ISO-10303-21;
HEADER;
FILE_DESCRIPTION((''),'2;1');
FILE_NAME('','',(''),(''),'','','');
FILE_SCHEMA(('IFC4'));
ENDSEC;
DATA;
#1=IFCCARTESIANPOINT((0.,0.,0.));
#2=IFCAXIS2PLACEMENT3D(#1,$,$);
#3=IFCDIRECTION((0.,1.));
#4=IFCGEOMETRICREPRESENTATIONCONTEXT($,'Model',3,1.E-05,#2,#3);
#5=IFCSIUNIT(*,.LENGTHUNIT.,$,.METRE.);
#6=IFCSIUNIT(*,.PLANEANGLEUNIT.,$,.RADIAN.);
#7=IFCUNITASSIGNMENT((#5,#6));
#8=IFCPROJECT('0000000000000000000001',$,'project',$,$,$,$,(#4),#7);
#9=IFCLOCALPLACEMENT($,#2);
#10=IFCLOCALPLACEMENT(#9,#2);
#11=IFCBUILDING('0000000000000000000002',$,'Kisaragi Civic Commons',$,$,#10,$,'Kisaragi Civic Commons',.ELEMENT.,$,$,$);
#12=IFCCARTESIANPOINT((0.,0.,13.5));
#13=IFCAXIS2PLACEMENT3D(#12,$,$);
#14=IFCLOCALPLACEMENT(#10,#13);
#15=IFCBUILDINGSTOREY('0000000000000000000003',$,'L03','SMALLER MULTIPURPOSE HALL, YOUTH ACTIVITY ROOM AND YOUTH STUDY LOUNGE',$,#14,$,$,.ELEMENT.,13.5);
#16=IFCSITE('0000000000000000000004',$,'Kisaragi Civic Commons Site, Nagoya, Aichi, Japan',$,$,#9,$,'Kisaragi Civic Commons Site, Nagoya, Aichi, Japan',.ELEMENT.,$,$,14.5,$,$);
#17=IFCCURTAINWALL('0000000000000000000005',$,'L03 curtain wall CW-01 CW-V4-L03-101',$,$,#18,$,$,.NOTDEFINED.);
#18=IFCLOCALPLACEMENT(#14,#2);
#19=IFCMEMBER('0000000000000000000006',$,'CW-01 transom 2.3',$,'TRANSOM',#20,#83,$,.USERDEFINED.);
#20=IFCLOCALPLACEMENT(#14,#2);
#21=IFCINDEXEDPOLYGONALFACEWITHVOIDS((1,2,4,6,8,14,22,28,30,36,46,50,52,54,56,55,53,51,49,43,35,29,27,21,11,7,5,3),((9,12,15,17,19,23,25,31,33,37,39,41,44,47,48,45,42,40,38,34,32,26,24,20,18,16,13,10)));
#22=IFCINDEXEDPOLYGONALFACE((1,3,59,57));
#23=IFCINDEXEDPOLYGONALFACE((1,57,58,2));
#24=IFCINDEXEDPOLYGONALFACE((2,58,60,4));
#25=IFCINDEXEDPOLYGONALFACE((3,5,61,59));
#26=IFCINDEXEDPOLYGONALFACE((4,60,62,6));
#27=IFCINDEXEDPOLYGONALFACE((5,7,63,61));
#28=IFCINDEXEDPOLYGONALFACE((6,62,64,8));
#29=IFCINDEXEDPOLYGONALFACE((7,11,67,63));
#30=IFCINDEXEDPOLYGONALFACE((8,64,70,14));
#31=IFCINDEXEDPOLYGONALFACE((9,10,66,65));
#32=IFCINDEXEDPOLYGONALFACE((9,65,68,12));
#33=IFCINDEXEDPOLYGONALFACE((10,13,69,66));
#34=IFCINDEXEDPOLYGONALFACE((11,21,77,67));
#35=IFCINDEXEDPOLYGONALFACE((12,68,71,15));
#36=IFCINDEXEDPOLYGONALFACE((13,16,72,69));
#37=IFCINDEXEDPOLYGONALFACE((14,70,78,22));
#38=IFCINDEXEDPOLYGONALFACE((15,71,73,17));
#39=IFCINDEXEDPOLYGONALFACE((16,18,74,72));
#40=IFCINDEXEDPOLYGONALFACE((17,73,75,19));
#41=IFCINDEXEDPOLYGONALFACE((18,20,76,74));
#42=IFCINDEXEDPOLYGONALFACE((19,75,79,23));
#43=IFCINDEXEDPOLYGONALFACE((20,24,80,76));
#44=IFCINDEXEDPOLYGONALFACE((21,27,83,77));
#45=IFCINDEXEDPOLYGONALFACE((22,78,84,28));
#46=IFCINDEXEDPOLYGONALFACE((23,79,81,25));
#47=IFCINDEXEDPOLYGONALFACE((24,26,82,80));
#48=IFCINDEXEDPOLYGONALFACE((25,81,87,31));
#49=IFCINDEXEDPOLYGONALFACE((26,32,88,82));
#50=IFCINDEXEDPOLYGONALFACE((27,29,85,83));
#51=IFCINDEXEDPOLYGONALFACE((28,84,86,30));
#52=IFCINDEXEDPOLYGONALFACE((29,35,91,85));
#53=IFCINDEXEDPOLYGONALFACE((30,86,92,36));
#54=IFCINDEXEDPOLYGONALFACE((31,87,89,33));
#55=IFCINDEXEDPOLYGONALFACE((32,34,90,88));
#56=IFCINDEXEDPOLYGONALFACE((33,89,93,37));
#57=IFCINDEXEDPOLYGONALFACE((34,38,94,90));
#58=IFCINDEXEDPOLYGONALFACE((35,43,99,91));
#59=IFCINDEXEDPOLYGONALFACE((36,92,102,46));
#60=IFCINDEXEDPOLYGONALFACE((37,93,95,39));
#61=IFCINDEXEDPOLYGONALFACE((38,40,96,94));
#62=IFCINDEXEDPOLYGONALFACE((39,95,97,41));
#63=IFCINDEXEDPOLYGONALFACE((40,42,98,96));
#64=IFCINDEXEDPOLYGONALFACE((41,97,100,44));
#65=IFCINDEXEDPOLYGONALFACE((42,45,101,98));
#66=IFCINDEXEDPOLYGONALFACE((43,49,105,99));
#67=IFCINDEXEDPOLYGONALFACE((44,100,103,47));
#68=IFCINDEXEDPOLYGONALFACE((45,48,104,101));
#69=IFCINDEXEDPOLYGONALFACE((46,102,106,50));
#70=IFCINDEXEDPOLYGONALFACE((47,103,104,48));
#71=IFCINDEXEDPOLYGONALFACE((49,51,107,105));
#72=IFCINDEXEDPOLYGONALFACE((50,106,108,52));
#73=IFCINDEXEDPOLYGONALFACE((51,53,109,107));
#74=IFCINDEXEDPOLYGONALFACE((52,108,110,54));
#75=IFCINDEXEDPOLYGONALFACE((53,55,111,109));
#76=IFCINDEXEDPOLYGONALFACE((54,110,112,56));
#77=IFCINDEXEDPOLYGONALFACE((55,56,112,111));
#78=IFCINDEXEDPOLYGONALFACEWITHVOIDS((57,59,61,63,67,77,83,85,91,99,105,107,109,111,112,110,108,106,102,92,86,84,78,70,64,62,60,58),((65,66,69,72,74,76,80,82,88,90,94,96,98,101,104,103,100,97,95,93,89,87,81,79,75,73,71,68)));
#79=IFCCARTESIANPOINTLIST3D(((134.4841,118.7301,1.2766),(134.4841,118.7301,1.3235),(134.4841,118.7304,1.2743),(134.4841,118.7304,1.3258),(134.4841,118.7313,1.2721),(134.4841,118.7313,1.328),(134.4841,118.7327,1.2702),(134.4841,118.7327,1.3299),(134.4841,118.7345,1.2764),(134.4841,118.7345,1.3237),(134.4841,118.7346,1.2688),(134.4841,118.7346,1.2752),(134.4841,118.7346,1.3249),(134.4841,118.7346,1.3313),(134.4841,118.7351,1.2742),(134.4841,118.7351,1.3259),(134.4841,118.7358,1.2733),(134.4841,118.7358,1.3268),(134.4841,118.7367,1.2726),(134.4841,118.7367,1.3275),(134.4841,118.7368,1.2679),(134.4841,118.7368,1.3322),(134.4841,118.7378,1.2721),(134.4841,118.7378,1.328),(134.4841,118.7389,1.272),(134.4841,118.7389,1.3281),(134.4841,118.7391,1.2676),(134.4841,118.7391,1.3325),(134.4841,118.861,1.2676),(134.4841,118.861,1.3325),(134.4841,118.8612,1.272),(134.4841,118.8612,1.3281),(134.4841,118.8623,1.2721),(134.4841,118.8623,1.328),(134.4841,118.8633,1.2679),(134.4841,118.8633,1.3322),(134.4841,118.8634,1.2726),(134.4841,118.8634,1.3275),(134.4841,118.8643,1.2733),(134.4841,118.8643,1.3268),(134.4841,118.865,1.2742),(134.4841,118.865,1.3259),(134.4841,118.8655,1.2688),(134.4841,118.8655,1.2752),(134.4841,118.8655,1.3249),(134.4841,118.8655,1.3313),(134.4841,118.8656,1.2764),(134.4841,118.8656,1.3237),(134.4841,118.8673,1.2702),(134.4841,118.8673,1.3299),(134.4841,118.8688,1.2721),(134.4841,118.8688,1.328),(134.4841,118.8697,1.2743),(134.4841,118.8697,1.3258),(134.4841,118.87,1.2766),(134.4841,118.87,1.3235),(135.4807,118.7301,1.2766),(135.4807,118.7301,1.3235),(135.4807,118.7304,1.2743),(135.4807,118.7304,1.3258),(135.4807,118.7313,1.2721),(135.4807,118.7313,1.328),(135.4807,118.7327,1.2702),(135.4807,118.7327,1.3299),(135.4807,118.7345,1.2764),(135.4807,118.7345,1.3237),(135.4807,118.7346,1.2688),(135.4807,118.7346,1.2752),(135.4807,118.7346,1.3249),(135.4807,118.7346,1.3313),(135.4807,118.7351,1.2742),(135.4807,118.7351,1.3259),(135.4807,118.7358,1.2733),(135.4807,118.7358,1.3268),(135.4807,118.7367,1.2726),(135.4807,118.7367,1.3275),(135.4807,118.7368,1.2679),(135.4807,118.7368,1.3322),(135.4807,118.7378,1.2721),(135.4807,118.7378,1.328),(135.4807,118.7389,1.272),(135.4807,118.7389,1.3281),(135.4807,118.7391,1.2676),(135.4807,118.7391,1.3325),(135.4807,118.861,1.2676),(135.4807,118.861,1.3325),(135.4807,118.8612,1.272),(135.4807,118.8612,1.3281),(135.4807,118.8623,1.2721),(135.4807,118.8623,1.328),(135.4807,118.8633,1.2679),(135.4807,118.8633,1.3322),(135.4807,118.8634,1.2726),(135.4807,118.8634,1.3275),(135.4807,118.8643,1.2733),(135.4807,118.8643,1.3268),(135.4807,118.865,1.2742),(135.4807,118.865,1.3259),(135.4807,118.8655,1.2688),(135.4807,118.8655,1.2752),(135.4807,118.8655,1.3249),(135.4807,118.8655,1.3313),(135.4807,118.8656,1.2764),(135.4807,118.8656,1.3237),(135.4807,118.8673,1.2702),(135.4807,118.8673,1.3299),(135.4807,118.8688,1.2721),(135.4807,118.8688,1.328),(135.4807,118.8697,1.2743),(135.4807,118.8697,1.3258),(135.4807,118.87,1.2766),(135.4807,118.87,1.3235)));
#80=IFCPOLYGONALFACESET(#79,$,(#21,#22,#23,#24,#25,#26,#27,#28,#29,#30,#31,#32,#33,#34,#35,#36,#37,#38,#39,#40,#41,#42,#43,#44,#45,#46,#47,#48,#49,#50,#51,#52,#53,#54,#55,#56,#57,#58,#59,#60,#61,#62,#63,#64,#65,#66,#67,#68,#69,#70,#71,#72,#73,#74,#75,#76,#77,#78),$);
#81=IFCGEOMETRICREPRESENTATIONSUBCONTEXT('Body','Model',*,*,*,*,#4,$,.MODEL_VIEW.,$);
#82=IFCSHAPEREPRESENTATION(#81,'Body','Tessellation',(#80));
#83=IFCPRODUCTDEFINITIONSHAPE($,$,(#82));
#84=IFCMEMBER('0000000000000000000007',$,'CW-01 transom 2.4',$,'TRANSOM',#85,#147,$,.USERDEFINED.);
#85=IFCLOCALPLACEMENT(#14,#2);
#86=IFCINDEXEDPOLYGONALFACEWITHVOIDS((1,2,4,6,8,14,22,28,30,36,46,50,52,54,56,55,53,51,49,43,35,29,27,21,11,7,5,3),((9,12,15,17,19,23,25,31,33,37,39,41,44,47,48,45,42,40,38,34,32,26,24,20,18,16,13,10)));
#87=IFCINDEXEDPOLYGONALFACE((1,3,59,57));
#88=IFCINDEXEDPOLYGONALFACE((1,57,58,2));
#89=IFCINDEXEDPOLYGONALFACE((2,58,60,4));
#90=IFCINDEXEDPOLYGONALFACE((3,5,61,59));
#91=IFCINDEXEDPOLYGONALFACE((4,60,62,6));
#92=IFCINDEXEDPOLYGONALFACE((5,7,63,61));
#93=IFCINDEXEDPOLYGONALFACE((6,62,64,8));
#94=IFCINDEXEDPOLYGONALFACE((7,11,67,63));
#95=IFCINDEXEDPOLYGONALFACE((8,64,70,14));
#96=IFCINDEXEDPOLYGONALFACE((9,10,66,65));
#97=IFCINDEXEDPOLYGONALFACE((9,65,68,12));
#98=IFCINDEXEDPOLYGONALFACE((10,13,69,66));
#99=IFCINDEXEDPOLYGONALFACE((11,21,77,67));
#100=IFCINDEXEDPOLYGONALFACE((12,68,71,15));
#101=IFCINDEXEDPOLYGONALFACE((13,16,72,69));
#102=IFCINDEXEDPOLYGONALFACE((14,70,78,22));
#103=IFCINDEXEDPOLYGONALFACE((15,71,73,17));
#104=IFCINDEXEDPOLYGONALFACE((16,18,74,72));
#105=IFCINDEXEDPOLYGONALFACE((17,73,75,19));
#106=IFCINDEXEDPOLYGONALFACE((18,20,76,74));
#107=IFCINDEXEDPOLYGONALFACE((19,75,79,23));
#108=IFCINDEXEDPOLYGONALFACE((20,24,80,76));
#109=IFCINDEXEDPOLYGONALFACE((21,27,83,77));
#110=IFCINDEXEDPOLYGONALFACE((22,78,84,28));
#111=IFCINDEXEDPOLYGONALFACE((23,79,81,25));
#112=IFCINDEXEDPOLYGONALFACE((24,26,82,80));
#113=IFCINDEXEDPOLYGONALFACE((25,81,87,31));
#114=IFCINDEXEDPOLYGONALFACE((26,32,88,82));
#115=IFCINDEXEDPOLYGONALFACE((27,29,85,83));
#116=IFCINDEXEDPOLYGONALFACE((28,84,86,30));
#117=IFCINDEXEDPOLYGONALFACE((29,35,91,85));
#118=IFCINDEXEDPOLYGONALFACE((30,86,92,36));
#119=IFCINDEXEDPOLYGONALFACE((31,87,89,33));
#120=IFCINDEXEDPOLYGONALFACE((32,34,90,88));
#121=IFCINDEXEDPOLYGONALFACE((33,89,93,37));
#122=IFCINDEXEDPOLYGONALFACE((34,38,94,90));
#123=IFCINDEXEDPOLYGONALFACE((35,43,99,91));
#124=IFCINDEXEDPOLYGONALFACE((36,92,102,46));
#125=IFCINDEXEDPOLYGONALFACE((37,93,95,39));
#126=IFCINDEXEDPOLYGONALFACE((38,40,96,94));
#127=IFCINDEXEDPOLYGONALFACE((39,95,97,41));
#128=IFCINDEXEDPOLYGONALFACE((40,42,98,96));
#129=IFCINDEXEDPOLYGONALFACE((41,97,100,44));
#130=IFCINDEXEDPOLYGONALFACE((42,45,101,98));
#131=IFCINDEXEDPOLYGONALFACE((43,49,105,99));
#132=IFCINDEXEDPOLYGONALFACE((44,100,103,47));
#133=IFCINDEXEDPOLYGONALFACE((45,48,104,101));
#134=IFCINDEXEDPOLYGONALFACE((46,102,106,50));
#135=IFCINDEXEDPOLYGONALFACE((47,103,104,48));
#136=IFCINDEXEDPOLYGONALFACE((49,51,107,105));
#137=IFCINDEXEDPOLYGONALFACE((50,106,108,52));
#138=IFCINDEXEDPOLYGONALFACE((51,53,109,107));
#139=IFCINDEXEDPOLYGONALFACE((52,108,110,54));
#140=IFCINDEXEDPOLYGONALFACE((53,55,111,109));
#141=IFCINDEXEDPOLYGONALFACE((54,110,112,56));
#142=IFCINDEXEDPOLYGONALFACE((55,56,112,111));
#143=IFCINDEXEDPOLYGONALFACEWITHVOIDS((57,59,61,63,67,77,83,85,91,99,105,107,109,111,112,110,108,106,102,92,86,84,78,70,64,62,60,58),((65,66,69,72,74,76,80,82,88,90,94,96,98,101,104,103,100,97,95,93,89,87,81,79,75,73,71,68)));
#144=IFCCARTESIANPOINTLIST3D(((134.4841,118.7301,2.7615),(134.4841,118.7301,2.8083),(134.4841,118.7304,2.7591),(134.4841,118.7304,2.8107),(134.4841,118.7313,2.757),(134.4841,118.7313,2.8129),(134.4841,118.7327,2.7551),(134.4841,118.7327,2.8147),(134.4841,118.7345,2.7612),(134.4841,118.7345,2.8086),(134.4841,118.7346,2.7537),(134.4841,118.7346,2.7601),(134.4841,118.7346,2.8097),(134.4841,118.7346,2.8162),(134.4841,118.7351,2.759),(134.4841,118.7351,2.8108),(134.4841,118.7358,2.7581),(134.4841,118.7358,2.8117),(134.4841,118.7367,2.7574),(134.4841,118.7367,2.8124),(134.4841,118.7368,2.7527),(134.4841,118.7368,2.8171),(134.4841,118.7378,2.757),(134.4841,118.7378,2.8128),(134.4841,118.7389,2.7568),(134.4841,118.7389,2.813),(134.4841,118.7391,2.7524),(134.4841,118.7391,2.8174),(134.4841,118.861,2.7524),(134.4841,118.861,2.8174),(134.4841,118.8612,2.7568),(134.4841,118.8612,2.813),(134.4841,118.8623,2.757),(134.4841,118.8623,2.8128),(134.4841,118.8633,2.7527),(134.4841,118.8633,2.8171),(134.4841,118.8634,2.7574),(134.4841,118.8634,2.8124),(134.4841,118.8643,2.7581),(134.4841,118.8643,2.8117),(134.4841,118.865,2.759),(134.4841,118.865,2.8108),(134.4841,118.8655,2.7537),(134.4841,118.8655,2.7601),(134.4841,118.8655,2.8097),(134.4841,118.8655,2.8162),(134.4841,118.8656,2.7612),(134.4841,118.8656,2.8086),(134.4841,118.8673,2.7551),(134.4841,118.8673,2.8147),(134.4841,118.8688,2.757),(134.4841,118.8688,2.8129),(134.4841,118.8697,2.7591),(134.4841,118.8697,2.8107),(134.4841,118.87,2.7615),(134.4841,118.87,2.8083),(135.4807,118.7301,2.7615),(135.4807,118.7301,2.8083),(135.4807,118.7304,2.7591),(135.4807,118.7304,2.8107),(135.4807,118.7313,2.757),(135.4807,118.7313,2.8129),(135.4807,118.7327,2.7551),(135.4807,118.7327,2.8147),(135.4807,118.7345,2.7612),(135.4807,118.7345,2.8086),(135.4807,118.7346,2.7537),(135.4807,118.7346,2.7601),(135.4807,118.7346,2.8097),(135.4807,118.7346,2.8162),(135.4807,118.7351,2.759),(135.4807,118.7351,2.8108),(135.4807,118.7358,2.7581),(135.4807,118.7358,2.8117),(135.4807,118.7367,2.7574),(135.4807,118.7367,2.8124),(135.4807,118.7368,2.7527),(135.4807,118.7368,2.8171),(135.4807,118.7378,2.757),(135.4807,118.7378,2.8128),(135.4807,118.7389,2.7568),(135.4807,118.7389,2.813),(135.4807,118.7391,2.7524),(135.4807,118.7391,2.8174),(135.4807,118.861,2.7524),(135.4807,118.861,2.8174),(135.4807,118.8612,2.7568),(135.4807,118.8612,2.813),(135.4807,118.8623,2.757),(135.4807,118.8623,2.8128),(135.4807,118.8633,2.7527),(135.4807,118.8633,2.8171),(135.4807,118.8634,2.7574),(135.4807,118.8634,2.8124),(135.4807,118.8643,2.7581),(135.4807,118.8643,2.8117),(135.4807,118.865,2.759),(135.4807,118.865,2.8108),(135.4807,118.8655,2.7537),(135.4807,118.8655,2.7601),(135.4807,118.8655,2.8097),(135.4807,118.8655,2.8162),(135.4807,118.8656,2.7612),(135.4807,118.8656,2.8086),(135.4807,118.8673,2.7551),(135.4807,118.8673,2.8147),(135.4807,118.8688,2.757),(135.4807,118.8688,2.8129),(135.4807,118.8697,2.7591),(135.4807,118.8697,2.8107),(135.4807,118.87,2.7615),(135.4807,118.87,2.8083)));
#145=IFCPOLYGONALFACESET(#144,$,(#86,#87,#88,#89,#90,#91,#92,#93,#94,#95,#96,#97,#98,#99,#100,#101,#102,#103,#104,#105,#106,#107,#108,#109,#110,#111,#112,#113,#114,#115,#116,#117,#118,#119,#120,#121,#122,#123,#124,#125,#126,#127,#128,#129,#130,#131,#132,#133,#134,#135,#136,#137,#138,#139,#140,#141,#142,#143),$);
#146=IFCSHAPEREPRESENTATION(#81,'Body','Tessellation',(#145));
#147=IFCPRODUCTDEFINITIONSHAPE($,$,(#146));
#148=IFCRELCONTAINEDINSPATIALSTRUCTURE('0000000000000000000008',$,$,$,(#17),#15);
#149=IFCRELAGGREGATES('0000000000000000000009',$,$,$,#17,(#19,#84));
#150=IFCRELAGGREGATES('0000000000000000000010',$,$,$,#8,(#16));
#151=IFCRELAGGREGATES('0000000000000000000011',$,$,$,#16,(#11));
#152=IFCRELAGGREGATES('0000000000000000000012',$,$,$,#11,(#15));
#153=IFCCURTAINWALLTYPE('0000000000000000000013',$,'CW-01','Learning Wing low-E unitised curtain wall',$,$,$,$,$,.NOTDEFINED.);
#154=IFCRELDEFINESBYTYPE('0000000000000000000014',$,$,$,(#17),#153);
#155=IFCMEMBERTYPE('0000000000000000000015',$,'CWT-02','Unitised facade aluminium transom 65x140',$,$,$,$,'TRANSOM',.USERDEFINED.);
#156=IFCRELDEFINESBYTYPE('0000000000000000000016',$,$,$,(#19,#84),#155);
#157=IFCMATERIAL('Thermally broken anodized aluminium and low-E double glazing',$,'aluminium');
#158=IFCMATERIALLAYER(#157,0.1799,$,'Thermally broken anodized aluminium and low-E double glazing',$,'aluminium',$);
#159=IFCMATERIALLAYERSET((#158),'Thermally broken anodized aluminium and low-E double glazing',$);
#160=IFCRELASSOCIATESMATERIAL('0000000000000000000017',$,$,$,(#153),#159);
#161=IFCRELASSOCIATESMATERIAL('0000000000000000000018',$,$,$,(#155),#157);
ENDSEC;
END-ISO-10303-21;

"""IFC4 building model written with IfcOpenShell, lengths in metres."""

from ifc_helpers import new_model, si_unit, direction, frame, origin, origin_2d, place, context, subcontext, project, spatial, hollow_rectangle, extrude, material, layer, layer_set, material_profile, profile_set, type_object, element, aggregate, save


model = new_model("IFC4")

# Units and contexts
model_context = context("Model", 3, precision=1e-05, world=origin(), true_north=direction((0.0, 1.0)))
body_context = subcontext(model_context, "Body", "Model", "MODEL_VIEW")
ifc_project = project(units=[si_unit("LENGTHUNIT", "METRE"), si_unit("PLANEANGLEUNIT", "RADIAN")], contexts=[model_context])

# Site, building, storey
site_placement = place(None, origin())
site = spatial("IfcSite", under=ifc_project, at=site_placement, Name="Kisaragi Civic Commons Site, Nagoya, Aichi, Japan", LongName="Kisaragi Civic Commons Site, Nagoya, Aichi, Japan", CompositionType="ELEMENT", RefElevation=14.5)
building_placement = place(site_placement, origin())
building = spatial("IfcBuilding", under=site, at=building_placement, Name="Kisaragi Civic Commons", LongName="Kisaragi Civic Commons", CompositionType="ELEMENT")
storey_placement = place(building_placement, frame((0.0, 0.0, 13.5)))
storey = spatial("IfcBuildingStorey", under=building, at=storey_placement, Name="L03", Description="SMALLER MULTIPURPOSE HALL, YOUTH ACTIVITY ROOM AND YOUTH STUDY LOUNGE", CompositionType="ELEMENT", Elevation=13.5)

# Curtain wall, members
ifc_material = material(Name="Thermally broken anodized aluminium and low-E double glazing", Category="aluminium")
ifc_layer_1 = layer(ifc_material, 0.1799, Name="Thermally broken anodized aluminium and low-E double glazing", Category="aluminium")
ifc_layer_set_1 = layer_set([ifc_layer_1], Name="Thermally broken anodized aluminium and low-E double glazing")
curtain_wall_type = type_object("IfcCurtainWallType", Name="CW-01", Description="Learning Wing low-E unitised curtain wall", PredefinedType="NOTDEFINED", material=ifc_layer_set_1)
curtain_wall_placement = place(storey_placement, origin())
curtain_wall = element("IfcCurtainWall", 1, at=curtain_wall_placement, inside=storey, type_object=curtain_wall_type, Name="L03 curtain wall CW-01 CW-V4-L03-101", PredefinedType="NOTDEFINED")
ifc_material_profile_1 = material_profile(ifc_material, hollow_rectangle(XDim=0.1399, YDim=0.0649, WallThickness=0.0044, InnerFilletRadius=0.0044, OuterFilletRadius=0.009, at=origin_2d()), Name="CWT-65x140x4.5", Category="aluminium")
ifc_profile_set_1 = profile_set([ifc_material_profile_1], Name="Thermally broken anodized aluminium and low-E double glazing")
member_type_1 = type_object("IfcMemberType", Name="CWT-02", Description="Unitised facade aluminium transom 65x140", ElementType="TRANSOM", PredefinedType="USERDEFINED", material=ifc_profile_set_1)
member_1_placement = place(storey_placement, frame((134.4841, 118.8, 1.3), z_axis=(1.0, 0.0, 0.0), x_axis=(0.0, 1.0, 0.0)))
member_1 = element("IfcMember", 2, at=member_1_placement, type_object=member_type_1, Name="CW-01 transom 2.3", ObjectType="TRANSOM", PredefinedType="USERDEFINED", context=body_context, shape_type="SweptSolid", body=[
    extrude(hollow_rectangle(XDim=0.1399, YDim=0.0649, WallThickness=0.0044, InnerFilletRadius=0.0044, OuterFilletRadius=0.009, at=origin_2d()), origin(), (0.0, 0.0, 1.0), 0.9966),
])
member_2_placement = place(storey_placement, frame((134.4841, 118.8, 2.7849), z_axis=(1.0, 0.0, 0.0), x_axis=(0.0, 1.0, 0.0)))
member_2 = element("IfcMember", 3, at=member_2_placement, type_object=member_type_1, Name="CW-01 transom 2.4", ObjectType="TRANSOM", PredefinedType="USERDEFINED", context=body_context, shape_type="SweptSolid", body=[
    extrude(hollow_rectangle(XDim=0.1399, YDim=0.0649, WallThickness=0.0044, InnerFilletRadius=0.0044, OuterFilletRadius=0.009, at=origin_2d()), origin(), (0.0, 0.0, 1.0), 0.9966),
])
aggregate(curtain_wall, [member_1, member_2])

save(model, "model.ifc")
